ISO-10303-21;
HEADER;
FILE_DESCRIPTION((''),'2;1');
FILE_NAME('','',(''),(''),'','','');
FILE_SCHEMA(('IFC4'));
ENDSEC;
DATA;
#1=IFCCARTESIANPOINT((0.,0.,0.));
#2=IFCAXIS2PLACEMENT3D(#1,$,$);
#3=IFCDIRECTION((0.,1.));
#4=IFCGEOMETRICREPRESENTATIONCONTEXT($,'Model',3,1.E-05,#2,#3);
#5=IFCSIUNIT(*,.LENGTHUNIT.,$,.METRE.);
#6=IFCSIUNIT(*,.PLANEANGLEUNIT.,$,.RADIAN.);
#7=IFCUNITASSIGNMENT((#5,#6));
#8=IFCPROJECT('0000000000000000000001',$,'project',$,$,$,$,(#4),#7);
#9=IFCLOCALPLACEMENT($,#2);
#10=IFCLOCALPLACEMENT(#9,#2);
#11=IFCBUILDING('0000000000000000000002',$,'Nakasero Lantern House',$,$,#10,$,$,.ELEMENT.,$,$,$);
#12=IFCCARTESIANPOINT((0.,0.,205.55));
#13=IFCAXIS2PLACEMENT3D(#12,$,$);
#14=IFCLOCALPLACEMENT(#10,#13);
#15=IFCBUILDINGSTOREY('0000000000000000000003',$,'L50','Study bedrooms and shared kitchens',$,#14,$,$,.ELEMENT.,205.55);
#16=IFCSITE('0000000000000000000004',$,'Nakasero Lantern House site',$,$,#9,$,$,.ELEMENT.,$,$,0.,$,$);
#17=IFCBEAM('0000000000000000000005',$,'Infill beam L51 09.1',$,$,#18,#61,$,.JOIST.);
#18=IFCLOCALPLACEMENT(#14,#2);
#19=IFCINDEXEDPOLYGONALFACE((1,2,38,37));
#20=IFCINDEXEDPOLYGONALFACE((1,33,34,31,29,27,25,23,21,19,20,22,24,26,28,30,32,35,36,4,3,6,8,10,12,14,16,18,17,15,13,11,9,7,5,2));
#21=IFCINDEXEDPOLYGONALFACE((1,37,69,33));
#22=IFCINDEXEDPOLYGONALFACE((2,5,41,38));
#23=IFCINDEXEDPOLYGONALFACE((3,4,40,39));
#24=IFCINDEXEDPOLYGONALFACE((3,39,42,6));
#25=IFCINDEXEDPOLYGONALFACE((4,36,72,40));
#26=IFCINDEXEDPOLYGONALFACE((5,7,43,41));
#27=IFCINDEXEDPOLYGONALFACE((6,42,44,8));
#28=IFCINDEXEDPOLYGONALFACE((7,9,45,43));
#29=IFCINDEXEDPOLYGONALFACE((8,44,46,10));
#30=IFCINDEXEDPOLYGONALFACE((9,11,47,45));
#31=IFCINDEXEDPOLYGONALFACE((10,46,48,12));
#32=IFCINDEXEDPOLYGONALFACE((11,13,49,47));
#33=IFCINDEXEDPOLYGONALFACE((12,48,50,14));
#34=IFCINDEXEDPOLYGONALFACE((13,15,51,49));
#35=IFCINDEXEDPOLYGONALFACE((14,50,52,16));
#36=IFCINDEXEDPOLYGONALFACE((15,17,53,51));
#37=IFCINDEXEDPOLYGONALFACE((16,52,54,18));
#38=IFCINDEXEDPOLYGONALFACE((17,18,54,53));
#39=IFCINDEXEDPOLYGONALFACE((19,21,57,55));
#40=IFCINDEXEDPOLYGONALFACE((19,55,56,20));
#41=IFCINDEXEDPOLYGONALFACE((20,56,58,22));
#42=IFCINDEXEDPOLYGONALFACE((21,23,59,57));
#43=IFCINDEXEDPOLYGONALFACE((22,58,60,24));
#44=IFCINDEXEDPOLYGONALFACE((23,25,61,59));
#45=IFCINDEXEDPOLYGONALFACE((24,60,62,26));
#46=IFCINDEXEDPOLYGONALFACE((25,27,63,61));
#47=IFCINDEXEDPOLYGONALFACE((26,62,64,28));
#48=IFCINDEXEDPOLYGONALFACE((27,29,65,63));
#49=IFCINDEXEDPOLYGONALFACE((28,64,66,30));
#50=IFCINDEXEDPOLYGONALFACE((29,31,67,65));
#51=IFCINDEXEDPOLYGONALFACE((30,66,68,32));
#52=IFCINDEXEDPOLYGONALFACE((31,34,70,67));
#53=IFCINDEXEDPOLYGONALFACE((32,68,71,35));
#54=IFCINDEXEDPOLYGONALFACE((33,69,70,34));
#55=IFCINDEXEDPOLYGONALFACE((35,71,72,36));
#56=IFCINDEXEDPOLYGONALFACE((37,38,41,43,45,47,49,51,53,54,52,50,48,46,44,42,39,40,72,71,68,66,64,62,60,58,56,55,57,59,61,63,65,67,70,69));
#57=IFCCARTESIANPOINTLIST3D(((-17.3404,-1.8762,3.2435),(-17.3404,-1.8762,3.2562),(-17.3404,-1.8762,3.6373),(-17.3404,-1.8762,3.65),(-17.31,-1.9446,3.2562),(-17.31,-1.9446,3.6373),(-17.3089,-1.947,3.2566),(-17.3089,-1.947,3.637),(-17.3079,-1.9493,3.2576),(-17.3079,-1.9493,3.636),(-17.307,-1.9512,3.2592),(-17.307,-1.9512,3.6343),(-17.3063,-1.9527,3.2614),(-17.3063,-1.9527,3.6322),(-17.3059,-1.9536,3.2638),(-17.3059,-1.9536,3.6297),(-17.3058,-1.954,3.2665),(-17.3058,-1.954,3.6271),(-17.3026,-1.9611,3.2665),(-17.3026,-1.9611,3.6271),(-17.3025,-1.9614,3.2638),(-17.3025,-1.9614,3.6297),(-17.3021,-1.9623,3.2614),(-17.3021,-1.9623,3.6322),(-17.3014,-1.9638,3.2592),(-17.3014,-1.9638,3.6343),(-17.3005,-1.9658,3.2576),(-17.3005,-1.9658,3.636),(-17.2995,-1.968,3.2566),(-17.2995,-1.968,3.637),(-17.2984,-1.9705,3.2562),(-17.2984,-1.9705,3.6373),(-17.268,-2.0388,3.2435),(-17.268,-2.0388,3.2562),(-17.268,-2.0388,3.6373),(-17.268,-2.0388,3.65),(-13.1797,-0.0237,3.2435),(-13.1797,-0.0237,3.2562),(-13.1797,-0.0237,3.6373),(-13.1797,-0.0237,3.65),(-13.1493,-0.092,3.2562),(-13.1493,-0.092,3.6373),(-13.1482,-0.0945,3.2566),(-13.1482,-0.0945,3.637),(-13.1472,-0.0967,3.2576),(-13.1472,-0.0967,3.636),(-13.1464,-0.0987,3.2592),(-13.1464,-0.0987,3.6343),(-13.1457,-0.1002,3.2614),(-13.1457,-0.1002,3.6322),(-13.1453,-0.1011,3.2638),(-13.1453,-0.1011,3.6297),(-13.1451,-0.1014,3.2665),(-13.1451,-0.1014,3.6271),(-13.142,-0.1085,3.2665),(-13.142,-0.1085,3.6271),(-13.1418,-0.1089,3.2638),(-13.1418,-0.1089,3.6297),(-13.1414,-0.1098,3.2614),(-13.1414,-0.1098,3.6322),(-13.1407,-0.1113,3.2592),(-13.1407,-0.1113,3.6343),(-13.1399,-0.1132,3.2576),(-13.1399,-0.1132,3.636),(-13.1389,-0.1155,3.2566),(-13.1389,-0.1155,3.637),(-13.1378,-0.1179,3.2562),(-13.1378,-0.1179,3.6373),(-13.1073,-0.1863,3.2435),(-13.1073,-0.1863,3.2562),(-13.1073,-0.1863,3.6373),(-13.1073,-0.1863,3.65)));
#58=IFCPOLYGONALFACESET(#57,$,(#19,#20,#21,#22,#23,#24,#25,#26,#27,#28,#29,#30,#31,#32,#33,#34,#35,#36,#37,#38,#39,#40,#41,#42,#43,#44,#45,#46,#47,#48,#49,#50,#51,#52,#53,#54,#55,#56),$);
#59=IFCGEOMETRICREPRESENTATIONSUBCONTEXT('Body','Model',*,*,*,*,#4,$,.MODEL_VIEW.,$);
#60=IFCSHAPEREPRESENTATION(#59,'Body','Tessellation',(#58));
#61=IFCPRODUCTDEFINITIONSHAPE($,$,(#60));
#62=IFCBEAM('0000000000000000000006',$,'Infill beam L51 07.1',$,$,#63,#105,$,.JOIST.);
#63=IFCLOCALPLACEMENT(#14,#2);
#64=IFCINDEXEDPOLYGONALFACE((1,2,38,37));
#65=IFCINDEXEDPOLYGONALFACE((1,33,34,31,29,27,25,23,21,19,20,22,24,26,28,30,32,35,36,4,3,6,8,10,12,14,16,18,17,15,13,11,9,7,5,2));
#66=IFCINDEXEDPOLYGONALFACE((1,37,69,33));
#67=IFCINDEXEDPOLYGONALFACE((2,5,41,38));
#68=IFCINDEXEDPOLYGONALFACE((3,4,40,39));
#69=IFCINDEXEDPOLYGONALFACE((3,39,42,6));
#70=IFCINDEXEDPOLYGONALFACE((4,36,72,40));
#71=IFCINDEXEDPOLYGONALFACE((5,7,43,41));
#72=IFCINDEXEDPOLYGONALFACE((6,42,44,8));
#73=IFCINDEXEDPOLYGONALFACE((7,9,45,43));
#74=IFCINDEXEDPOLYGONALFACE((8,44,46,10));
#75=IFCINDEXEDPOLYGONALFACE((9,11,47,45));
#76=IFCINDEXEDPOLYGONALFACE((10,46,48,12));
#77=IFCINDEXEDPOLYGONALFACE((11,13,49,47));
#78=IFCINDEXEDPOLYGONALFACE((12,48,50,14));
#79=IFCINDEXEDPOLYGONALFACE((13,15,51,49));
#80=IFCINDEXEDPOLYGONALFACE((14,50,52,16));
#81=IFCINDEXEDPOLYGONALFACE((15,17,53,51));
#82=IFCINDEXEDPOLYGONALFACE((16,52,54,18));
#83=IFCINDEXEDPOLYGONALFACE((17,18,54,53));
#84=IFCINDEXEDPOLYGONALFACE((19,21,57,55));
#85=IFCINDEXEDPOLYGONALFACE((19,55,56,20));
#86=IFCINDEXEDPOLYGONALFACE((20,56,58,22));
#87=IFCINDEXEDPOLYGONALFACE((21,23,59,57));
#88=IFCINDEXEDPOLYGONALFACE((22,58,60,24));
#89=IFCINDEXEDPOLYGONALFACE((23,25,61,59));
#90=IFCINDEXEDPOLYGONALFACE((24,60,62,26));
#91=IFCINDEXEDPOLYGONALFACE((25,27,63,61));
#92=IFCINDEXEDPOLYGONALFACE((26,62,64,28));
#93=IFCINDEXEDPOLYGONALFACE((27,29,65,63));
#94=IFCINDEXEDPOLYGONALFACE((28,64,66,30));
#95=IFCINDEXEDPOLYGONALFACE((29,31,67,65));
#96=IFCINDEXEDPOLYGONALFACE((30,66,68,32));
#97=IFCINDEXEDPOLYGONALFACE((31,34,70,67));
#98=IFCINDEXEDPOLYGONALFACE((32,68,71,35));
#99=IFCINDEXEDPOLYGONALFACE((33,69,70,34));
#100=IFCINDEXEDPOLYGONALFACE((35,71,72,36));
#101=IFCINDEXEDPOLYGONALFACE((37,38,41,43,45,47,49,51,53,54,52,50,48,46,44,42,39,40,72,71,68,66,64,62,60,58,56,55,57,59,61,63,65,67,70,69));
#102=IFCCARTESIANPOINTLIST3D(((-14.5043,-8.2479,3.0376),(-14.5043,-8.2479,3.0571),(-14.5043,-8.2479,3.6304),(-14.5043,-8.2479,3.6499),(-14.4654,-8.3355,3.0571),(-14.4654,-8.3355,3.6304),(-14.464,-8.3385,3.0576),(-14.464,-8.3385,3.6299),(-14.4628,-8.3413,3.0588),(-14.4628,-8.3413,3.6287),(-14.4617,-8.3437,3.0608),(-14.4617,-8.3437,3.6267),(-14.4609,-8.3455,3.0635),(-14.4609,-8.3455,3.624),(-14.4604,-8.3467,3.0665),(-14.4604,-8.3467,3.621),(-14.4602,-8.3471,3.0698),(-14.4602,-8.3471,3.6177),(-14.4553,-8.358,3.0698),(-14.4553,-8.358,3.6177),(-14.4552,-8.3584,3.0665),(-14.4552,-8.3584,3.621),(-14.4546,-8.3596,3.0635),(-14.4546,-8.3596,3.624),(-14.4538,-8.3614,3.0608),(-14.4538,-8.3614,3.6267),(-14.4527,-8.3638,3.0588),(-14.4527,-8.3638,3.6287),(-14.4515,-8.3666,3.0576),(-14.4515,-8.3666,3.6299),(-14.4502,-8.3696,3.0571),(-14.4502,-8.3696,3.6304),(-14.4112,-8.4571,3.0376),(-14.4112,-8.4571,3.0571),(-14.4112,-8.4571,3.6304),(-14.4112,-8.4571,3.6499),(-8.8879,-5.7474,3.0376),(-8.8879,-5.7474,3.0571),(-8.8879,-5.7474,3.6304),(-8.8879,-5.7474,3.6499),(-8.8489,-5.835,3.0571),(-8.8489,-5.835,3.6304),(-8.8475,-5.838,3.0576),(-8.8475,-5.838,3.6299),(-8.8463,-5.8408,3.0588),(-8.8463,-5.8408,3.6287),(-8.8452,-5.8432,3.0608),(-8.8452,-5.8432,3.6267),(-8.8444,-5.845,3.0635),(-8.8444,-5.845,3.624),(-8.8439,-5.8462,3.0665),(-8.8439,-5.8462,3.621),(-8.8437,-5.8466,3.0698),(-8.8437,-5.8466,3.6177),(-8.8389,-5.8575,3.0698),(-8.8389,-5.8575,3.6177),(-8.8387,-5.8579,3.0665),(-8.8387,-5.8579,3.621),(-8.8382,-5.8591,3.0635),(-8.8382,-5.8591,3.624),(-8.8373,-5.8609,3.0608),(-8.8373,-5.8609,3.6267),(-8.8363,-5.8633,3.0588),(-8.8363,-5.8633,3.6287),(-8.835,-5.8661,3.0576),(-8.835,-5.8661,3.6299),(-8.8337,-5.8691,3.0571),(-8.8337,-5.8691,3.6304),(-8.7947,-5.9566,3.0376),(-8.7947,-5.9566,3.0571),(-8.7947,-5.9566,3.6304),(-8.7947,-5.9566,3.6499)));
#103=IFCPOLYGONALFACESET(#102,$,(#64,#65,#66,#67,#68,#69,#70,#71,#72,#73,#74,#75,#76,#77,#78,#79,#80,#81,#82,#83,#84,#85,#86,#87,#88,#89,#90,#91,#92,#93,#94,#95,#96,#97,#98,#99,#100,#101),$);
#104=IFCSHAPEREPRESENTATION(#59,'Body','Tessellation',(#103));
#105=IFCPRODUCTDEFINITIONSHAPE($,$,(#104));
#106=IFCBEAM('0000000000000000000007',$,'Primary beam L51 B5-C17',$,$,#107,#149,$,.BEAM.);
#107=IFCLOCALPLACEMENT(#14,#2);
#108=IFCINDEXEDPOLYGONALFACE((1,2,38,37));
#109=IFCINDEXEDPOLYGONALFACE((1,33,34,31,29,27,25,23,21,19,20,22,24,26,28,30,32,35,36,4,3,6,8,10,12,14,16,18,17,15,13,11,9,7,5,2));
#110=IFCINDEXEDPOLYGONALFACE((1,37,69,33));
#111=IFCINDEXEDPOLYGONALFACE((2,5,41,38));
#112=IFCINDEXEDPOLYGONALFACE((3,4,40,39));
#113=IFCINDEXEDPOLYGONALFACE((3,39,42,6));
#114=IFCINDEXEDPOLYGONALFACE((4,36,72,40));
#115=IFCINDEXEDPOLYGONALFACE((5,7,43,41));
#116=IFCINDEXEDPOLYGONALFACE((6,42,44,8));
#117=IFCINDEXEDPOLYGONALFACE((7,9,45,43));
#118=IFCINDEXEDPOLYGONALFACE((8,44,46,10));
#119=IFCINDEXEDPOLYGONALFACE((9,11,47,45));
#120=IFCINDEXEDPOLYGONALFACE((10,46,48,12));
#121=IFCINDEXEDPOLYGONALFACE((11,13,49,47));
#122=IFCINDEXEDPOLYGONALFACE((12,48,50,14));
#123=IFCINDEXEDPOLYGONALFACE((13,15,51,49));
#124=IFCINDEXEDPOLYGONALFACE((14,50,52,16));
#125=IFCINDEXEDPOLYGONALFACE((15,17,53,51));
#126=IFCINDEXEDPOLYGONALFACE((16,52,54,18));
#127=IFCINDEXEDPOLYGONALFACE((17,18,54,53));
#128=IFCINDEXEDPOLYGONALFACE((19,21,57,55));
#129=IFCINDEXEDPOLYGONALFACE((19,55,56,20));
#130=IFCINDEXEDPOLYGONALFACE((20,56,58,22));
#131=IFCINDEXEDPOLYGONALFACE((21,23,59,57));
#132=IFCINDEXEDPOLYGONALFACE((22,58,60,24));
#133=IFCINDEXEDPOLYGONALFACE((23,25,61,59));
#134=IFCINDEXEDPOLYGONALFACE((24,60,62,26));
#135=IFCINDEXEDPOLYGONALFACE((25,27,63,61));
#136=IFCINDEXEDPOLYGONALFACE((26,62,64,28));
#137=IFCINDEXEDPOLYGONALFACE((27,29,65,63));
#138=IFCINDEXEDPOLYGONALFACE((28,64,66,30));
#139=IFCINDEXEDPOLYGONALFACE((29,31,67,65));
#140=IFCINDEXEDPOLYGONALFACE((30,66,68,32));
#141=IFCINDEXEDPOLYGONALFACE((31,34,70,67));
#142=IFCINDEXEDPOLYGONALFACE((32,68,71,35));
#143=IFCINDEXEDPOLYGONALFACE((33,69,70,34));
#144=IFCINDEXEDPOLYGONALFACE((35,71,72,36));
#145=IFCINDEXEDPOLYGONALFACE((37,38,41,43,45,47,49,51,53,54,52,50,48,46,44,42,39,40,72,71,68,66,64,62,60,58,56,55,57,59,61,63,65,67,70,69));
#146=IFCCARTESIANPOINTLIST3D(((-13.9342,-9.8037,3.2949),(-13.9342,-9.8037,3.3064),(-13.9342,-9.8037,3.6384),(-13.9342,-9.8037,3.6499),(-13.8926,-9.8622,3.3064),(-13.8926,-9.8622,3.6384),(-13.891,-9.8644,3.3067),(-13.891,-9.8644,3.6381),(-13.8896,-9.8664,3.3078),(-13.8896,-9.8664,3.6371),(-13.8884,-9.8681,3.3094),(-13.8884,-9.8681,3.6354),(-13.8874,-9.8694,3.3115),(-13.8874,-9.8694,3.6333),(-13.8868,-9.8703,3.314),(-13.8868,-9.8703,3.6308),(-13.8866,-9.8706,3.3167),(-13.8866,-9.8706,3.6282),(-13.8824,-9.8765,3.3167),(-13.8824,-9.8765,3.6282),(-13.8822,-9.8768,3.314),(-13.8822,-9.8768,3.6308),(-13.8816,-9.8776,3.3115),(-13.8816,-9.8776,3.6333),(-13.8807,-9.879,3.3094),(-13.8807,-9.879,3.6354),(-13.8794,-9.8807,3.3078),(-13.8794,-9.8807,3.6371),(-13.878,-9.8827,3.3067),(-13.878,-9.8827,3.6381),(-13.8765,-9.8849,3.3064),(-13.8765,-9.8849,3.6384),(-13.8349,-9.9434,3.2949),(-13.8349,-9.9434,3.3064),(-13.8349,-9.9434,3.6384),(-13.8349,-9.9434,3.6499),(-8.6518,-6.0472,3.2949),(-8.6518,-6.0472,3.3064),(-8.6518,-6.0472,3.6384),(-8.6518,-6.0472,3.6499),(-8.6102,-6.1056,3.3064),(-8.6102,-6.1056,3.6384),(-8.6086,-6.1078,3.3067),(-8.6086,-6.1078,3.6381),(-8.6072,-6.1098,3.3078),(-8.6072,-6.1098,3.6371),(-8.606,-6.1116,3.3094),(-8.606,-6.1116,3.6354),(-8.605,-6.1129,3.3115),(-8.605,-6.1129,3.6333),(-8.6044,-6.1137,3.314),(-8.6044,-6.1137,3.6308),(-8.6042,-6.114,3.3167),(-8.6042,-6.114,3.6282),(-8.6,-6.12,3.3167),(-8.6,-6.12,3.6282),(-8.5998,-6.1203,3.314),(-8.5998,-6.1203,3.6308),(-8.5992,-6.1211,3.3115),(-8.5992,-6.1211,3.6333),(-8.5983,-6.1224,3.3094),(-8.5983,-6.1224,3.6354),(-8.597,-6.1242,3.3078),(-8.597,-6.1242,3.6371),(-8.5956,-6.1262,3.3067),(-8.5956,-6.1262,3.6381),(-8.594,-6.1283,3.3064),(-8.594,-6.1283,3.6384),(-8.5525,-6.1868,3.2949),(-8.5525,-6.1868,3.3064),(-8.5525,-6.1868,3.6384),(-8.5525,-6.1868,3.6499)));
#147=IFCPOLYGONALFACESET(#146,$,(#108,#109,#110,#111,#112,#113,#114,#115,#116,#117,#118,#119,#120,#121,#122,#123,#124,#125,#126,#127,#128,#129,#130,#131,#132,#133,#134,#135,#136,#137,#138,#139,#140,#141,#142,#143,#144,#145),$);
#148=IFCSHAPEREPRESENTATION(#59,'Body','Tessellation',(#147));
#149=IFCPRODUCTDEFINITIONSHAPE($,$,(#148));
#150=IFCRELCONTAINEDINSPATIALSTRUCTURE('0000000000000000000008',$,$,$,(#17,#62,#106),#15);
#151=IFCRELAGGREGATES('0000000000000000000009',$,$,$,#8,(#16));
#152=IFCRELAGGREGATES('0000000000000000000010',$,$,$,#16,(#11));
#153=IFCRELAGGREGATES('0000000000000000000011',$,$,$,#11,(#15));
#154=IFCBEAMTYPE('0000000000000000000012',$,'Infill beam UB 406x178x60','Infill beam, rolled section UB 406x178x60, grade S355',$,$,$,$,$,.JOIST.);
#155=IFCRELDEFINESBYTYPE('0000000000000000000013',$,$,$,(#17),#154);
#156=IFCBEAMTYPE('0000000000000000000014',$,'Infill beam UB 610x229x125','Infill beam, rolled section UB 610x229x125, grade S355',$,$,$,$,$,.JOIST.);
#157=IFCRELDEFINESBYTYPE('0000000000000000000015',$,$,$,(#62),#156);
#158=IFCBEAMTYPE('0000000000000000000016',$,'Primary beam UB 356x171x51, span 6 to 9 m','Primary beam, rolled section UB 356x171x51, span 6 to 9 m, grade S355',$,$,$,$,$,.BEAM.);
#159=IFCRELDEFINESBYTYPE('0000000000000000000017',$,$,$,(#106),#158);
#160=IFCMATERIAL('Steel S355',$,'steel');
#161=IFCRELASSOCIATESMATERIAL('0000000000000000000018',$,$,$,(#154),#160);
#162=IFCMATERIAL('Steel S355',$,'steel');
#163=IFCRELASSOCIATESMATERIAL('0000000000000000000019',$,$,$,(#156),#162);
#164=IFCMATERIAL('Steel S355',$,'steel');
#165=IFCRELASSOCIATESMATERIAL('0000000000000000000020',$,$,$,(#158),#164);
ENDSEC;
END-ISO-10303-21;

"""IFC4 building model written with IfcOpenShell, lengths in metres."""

from ifc_helpers import new_model, si_unit, direction, frame, origin, origin_2d, place, context, subcontext, project, spatial, i_section, extrude, material, material_profile, profile_set, type_object, element, save


model = new_model("IFC4")

# Units and contexts
model_context = context("Model", 3, precision=1e-05, world=origin(), true_north=direction((0.0, 1.0)))
body_context = subcontext(model_context, "Body", "Model", "MODEL_VIEW")
ifc_project = project(units=[si_unit("LENGTHUNIT", "METRE"), si_unit("PLANEANGLEUNIT", "RADIAN")], contexts=[model_context])

# Site, building, storey
site_placement = place(None, origin())
site = spatial("IfcSite", under=ifc_project, at=site_placement, Name="Nakasero Lantern House site", CompositionType="ELEMENT", RefElevation=0.0)
building_placement = place(site_placement, origin())
building = spatial("IfcBuilding", under=site, at=building_placement, Name="Nakasero Lantern House", CompositionType="ELEMENT")
storey_placement = place(building_placement, frame((0.0, 0.0, 205.55)))
storey = spatial("IfcBuildingStorey", under=building, at=storey_placement, Name="L50", Description="Study bedrooms and shared kitchens", CompositionType="ELEMENT", Elevation=205.55)

# Beams
ifc_material_1 = material(Name="Steel S355", Category="steel")
ifc_material_profile_1 = material_profile(ifc_material_1, i_section(OverallWidth=0.178, OverallDepth=0.4065, WebThickness=0.0078, FlangeThickness=0.0127, FilletRadius=0.0103, at=origin_2d()), Name="UB 406x178x60")
ifc_profile_set_1 = profile_set([ifc_material_profile_1], Name="Steel S355")
beam_type_1 = type_object("IfcBeamType", Name="Infill beam UB 406x178x60", Description="Infill beam, rolled section UB 406x178x60, grade S355", PredefinedType="JOIST", material=ifc_profile_set_1)
beam_1_placement = place(storey_placement, frame((-17.3042, -1.9575, 3.4468), z_axis=(0.913537, 0.406755, 0.0), x_axis=(-0.406755, 0.913537, 0.0)))
element("IfcBeam", 1, at=beam_1_placement, inside=storey, type_object=beam_type_1, Name="Infill beam L51 09.1", PredefinedType="JOIST", context=body_context, shape_type="SweptSolid", body=[
    extrude(i_section(OverallWidth=0.178, OverallDepth=0.4065, WebThickness=0.0078, FlangeThickness=0.0127, FilletRadius=0.0103, at=origin_2d()), origin(), (0.0, 0.0, 1.0), 4.5544),
])
ifc_material_2 = material(Name="Steel S355", Category="steel")
ifc_material_profile_2 = material_profile(ifc_material_2, i_section(OverallWidth=0.229, OverallDepth=0.6123, WebThickness=0.012, FlangeThickness=0.0195, FilletRadius=0.0127, at=origin_2d()), Name="UB 610x229x125")
ifc_profile_set_2 = profile_set([ifc_material_profile_2], Name="Steel S355")
beam_type_2 = type_object("IfcBeamType", Name="Infill beam UB 610x229x125", Description="Infill beam, rolled section UB 610x229x125, grade S355", PredefinedType="JOIST", material=ifc_profile_set_2)
beam_2_placement = place(storey_placement, frame((-14.4578, -8.3525, 3.3438), z_axis=(0.913553, 0.406721, 0.0), x_axis=(-0.406721, 0.913553, 0.0)))
element("IfcBeam", 2, at=beam_2_placement, inside=storey, type_object=beam_type_2, Name="Infill beam L51 07.1", PredefinedType="JOIST", context=body_context, shape_type="SweptSolid", body=[
    extrude(i_section(OverallWidth=0.229, OverallDepth=0.6123, WebThickness=0.012, FlangeThickness=0.0195, FilletRadius=0.0127, at=origin_2d()), origin(), (0.0, 0.0, 1.0), 6.1479),
])
ifc_material_3 = material(Name="Steel S355", Category="steel")
ifc_material_profile_3 = material_profile(ifc_material_3, i_section(OverallWidth=0.1714, OverallDepth=0.355, WebThickness=0.0073, FlangeThickness=0.0115, FilletRadius=0.0103, at=origin_2d()), Name="UB 356x171x51")
ifc_profile_set_3 = profile_set([ifc_material_profile_3], Name="Steel S355")
beam_type_3 = type_object("IfcBeamType", Name="Primary beam UB 356x171x51, span 6 to 9 m", Description="Primary beam, rolled section UB 356x171x51, span 6 to 9 m, grade S355", PredefinedType="BEAM", material=ifc_profile_set_3)
beam_3_placement = place(storey_placement, frame((-13.8845, -9.8735, 3.4724), z_axis=(0.814943, 0.579541, 0.0), x_axis=(-0.579541, 0.814943, 0.0)))
element("IfcBeam", 3, at=beam_3_placement, inside=storey, type_object=beam_type_3, Name="Primary beam L51 B5-C17", PredefinedType="BEAM", context=body_context, shape_type="SweptSolid", body=[
    extrude(i_section(OverallWidth=0.1714, OverallDepth=0.355, WebThickness=0.0073, FlangeThickness=0.0115, FilletRadius=0.0103, at=origin_2d()), origin(), (0.0, 0.0, 1.0), 6.4819),
])

save(model, "model.ifc")
